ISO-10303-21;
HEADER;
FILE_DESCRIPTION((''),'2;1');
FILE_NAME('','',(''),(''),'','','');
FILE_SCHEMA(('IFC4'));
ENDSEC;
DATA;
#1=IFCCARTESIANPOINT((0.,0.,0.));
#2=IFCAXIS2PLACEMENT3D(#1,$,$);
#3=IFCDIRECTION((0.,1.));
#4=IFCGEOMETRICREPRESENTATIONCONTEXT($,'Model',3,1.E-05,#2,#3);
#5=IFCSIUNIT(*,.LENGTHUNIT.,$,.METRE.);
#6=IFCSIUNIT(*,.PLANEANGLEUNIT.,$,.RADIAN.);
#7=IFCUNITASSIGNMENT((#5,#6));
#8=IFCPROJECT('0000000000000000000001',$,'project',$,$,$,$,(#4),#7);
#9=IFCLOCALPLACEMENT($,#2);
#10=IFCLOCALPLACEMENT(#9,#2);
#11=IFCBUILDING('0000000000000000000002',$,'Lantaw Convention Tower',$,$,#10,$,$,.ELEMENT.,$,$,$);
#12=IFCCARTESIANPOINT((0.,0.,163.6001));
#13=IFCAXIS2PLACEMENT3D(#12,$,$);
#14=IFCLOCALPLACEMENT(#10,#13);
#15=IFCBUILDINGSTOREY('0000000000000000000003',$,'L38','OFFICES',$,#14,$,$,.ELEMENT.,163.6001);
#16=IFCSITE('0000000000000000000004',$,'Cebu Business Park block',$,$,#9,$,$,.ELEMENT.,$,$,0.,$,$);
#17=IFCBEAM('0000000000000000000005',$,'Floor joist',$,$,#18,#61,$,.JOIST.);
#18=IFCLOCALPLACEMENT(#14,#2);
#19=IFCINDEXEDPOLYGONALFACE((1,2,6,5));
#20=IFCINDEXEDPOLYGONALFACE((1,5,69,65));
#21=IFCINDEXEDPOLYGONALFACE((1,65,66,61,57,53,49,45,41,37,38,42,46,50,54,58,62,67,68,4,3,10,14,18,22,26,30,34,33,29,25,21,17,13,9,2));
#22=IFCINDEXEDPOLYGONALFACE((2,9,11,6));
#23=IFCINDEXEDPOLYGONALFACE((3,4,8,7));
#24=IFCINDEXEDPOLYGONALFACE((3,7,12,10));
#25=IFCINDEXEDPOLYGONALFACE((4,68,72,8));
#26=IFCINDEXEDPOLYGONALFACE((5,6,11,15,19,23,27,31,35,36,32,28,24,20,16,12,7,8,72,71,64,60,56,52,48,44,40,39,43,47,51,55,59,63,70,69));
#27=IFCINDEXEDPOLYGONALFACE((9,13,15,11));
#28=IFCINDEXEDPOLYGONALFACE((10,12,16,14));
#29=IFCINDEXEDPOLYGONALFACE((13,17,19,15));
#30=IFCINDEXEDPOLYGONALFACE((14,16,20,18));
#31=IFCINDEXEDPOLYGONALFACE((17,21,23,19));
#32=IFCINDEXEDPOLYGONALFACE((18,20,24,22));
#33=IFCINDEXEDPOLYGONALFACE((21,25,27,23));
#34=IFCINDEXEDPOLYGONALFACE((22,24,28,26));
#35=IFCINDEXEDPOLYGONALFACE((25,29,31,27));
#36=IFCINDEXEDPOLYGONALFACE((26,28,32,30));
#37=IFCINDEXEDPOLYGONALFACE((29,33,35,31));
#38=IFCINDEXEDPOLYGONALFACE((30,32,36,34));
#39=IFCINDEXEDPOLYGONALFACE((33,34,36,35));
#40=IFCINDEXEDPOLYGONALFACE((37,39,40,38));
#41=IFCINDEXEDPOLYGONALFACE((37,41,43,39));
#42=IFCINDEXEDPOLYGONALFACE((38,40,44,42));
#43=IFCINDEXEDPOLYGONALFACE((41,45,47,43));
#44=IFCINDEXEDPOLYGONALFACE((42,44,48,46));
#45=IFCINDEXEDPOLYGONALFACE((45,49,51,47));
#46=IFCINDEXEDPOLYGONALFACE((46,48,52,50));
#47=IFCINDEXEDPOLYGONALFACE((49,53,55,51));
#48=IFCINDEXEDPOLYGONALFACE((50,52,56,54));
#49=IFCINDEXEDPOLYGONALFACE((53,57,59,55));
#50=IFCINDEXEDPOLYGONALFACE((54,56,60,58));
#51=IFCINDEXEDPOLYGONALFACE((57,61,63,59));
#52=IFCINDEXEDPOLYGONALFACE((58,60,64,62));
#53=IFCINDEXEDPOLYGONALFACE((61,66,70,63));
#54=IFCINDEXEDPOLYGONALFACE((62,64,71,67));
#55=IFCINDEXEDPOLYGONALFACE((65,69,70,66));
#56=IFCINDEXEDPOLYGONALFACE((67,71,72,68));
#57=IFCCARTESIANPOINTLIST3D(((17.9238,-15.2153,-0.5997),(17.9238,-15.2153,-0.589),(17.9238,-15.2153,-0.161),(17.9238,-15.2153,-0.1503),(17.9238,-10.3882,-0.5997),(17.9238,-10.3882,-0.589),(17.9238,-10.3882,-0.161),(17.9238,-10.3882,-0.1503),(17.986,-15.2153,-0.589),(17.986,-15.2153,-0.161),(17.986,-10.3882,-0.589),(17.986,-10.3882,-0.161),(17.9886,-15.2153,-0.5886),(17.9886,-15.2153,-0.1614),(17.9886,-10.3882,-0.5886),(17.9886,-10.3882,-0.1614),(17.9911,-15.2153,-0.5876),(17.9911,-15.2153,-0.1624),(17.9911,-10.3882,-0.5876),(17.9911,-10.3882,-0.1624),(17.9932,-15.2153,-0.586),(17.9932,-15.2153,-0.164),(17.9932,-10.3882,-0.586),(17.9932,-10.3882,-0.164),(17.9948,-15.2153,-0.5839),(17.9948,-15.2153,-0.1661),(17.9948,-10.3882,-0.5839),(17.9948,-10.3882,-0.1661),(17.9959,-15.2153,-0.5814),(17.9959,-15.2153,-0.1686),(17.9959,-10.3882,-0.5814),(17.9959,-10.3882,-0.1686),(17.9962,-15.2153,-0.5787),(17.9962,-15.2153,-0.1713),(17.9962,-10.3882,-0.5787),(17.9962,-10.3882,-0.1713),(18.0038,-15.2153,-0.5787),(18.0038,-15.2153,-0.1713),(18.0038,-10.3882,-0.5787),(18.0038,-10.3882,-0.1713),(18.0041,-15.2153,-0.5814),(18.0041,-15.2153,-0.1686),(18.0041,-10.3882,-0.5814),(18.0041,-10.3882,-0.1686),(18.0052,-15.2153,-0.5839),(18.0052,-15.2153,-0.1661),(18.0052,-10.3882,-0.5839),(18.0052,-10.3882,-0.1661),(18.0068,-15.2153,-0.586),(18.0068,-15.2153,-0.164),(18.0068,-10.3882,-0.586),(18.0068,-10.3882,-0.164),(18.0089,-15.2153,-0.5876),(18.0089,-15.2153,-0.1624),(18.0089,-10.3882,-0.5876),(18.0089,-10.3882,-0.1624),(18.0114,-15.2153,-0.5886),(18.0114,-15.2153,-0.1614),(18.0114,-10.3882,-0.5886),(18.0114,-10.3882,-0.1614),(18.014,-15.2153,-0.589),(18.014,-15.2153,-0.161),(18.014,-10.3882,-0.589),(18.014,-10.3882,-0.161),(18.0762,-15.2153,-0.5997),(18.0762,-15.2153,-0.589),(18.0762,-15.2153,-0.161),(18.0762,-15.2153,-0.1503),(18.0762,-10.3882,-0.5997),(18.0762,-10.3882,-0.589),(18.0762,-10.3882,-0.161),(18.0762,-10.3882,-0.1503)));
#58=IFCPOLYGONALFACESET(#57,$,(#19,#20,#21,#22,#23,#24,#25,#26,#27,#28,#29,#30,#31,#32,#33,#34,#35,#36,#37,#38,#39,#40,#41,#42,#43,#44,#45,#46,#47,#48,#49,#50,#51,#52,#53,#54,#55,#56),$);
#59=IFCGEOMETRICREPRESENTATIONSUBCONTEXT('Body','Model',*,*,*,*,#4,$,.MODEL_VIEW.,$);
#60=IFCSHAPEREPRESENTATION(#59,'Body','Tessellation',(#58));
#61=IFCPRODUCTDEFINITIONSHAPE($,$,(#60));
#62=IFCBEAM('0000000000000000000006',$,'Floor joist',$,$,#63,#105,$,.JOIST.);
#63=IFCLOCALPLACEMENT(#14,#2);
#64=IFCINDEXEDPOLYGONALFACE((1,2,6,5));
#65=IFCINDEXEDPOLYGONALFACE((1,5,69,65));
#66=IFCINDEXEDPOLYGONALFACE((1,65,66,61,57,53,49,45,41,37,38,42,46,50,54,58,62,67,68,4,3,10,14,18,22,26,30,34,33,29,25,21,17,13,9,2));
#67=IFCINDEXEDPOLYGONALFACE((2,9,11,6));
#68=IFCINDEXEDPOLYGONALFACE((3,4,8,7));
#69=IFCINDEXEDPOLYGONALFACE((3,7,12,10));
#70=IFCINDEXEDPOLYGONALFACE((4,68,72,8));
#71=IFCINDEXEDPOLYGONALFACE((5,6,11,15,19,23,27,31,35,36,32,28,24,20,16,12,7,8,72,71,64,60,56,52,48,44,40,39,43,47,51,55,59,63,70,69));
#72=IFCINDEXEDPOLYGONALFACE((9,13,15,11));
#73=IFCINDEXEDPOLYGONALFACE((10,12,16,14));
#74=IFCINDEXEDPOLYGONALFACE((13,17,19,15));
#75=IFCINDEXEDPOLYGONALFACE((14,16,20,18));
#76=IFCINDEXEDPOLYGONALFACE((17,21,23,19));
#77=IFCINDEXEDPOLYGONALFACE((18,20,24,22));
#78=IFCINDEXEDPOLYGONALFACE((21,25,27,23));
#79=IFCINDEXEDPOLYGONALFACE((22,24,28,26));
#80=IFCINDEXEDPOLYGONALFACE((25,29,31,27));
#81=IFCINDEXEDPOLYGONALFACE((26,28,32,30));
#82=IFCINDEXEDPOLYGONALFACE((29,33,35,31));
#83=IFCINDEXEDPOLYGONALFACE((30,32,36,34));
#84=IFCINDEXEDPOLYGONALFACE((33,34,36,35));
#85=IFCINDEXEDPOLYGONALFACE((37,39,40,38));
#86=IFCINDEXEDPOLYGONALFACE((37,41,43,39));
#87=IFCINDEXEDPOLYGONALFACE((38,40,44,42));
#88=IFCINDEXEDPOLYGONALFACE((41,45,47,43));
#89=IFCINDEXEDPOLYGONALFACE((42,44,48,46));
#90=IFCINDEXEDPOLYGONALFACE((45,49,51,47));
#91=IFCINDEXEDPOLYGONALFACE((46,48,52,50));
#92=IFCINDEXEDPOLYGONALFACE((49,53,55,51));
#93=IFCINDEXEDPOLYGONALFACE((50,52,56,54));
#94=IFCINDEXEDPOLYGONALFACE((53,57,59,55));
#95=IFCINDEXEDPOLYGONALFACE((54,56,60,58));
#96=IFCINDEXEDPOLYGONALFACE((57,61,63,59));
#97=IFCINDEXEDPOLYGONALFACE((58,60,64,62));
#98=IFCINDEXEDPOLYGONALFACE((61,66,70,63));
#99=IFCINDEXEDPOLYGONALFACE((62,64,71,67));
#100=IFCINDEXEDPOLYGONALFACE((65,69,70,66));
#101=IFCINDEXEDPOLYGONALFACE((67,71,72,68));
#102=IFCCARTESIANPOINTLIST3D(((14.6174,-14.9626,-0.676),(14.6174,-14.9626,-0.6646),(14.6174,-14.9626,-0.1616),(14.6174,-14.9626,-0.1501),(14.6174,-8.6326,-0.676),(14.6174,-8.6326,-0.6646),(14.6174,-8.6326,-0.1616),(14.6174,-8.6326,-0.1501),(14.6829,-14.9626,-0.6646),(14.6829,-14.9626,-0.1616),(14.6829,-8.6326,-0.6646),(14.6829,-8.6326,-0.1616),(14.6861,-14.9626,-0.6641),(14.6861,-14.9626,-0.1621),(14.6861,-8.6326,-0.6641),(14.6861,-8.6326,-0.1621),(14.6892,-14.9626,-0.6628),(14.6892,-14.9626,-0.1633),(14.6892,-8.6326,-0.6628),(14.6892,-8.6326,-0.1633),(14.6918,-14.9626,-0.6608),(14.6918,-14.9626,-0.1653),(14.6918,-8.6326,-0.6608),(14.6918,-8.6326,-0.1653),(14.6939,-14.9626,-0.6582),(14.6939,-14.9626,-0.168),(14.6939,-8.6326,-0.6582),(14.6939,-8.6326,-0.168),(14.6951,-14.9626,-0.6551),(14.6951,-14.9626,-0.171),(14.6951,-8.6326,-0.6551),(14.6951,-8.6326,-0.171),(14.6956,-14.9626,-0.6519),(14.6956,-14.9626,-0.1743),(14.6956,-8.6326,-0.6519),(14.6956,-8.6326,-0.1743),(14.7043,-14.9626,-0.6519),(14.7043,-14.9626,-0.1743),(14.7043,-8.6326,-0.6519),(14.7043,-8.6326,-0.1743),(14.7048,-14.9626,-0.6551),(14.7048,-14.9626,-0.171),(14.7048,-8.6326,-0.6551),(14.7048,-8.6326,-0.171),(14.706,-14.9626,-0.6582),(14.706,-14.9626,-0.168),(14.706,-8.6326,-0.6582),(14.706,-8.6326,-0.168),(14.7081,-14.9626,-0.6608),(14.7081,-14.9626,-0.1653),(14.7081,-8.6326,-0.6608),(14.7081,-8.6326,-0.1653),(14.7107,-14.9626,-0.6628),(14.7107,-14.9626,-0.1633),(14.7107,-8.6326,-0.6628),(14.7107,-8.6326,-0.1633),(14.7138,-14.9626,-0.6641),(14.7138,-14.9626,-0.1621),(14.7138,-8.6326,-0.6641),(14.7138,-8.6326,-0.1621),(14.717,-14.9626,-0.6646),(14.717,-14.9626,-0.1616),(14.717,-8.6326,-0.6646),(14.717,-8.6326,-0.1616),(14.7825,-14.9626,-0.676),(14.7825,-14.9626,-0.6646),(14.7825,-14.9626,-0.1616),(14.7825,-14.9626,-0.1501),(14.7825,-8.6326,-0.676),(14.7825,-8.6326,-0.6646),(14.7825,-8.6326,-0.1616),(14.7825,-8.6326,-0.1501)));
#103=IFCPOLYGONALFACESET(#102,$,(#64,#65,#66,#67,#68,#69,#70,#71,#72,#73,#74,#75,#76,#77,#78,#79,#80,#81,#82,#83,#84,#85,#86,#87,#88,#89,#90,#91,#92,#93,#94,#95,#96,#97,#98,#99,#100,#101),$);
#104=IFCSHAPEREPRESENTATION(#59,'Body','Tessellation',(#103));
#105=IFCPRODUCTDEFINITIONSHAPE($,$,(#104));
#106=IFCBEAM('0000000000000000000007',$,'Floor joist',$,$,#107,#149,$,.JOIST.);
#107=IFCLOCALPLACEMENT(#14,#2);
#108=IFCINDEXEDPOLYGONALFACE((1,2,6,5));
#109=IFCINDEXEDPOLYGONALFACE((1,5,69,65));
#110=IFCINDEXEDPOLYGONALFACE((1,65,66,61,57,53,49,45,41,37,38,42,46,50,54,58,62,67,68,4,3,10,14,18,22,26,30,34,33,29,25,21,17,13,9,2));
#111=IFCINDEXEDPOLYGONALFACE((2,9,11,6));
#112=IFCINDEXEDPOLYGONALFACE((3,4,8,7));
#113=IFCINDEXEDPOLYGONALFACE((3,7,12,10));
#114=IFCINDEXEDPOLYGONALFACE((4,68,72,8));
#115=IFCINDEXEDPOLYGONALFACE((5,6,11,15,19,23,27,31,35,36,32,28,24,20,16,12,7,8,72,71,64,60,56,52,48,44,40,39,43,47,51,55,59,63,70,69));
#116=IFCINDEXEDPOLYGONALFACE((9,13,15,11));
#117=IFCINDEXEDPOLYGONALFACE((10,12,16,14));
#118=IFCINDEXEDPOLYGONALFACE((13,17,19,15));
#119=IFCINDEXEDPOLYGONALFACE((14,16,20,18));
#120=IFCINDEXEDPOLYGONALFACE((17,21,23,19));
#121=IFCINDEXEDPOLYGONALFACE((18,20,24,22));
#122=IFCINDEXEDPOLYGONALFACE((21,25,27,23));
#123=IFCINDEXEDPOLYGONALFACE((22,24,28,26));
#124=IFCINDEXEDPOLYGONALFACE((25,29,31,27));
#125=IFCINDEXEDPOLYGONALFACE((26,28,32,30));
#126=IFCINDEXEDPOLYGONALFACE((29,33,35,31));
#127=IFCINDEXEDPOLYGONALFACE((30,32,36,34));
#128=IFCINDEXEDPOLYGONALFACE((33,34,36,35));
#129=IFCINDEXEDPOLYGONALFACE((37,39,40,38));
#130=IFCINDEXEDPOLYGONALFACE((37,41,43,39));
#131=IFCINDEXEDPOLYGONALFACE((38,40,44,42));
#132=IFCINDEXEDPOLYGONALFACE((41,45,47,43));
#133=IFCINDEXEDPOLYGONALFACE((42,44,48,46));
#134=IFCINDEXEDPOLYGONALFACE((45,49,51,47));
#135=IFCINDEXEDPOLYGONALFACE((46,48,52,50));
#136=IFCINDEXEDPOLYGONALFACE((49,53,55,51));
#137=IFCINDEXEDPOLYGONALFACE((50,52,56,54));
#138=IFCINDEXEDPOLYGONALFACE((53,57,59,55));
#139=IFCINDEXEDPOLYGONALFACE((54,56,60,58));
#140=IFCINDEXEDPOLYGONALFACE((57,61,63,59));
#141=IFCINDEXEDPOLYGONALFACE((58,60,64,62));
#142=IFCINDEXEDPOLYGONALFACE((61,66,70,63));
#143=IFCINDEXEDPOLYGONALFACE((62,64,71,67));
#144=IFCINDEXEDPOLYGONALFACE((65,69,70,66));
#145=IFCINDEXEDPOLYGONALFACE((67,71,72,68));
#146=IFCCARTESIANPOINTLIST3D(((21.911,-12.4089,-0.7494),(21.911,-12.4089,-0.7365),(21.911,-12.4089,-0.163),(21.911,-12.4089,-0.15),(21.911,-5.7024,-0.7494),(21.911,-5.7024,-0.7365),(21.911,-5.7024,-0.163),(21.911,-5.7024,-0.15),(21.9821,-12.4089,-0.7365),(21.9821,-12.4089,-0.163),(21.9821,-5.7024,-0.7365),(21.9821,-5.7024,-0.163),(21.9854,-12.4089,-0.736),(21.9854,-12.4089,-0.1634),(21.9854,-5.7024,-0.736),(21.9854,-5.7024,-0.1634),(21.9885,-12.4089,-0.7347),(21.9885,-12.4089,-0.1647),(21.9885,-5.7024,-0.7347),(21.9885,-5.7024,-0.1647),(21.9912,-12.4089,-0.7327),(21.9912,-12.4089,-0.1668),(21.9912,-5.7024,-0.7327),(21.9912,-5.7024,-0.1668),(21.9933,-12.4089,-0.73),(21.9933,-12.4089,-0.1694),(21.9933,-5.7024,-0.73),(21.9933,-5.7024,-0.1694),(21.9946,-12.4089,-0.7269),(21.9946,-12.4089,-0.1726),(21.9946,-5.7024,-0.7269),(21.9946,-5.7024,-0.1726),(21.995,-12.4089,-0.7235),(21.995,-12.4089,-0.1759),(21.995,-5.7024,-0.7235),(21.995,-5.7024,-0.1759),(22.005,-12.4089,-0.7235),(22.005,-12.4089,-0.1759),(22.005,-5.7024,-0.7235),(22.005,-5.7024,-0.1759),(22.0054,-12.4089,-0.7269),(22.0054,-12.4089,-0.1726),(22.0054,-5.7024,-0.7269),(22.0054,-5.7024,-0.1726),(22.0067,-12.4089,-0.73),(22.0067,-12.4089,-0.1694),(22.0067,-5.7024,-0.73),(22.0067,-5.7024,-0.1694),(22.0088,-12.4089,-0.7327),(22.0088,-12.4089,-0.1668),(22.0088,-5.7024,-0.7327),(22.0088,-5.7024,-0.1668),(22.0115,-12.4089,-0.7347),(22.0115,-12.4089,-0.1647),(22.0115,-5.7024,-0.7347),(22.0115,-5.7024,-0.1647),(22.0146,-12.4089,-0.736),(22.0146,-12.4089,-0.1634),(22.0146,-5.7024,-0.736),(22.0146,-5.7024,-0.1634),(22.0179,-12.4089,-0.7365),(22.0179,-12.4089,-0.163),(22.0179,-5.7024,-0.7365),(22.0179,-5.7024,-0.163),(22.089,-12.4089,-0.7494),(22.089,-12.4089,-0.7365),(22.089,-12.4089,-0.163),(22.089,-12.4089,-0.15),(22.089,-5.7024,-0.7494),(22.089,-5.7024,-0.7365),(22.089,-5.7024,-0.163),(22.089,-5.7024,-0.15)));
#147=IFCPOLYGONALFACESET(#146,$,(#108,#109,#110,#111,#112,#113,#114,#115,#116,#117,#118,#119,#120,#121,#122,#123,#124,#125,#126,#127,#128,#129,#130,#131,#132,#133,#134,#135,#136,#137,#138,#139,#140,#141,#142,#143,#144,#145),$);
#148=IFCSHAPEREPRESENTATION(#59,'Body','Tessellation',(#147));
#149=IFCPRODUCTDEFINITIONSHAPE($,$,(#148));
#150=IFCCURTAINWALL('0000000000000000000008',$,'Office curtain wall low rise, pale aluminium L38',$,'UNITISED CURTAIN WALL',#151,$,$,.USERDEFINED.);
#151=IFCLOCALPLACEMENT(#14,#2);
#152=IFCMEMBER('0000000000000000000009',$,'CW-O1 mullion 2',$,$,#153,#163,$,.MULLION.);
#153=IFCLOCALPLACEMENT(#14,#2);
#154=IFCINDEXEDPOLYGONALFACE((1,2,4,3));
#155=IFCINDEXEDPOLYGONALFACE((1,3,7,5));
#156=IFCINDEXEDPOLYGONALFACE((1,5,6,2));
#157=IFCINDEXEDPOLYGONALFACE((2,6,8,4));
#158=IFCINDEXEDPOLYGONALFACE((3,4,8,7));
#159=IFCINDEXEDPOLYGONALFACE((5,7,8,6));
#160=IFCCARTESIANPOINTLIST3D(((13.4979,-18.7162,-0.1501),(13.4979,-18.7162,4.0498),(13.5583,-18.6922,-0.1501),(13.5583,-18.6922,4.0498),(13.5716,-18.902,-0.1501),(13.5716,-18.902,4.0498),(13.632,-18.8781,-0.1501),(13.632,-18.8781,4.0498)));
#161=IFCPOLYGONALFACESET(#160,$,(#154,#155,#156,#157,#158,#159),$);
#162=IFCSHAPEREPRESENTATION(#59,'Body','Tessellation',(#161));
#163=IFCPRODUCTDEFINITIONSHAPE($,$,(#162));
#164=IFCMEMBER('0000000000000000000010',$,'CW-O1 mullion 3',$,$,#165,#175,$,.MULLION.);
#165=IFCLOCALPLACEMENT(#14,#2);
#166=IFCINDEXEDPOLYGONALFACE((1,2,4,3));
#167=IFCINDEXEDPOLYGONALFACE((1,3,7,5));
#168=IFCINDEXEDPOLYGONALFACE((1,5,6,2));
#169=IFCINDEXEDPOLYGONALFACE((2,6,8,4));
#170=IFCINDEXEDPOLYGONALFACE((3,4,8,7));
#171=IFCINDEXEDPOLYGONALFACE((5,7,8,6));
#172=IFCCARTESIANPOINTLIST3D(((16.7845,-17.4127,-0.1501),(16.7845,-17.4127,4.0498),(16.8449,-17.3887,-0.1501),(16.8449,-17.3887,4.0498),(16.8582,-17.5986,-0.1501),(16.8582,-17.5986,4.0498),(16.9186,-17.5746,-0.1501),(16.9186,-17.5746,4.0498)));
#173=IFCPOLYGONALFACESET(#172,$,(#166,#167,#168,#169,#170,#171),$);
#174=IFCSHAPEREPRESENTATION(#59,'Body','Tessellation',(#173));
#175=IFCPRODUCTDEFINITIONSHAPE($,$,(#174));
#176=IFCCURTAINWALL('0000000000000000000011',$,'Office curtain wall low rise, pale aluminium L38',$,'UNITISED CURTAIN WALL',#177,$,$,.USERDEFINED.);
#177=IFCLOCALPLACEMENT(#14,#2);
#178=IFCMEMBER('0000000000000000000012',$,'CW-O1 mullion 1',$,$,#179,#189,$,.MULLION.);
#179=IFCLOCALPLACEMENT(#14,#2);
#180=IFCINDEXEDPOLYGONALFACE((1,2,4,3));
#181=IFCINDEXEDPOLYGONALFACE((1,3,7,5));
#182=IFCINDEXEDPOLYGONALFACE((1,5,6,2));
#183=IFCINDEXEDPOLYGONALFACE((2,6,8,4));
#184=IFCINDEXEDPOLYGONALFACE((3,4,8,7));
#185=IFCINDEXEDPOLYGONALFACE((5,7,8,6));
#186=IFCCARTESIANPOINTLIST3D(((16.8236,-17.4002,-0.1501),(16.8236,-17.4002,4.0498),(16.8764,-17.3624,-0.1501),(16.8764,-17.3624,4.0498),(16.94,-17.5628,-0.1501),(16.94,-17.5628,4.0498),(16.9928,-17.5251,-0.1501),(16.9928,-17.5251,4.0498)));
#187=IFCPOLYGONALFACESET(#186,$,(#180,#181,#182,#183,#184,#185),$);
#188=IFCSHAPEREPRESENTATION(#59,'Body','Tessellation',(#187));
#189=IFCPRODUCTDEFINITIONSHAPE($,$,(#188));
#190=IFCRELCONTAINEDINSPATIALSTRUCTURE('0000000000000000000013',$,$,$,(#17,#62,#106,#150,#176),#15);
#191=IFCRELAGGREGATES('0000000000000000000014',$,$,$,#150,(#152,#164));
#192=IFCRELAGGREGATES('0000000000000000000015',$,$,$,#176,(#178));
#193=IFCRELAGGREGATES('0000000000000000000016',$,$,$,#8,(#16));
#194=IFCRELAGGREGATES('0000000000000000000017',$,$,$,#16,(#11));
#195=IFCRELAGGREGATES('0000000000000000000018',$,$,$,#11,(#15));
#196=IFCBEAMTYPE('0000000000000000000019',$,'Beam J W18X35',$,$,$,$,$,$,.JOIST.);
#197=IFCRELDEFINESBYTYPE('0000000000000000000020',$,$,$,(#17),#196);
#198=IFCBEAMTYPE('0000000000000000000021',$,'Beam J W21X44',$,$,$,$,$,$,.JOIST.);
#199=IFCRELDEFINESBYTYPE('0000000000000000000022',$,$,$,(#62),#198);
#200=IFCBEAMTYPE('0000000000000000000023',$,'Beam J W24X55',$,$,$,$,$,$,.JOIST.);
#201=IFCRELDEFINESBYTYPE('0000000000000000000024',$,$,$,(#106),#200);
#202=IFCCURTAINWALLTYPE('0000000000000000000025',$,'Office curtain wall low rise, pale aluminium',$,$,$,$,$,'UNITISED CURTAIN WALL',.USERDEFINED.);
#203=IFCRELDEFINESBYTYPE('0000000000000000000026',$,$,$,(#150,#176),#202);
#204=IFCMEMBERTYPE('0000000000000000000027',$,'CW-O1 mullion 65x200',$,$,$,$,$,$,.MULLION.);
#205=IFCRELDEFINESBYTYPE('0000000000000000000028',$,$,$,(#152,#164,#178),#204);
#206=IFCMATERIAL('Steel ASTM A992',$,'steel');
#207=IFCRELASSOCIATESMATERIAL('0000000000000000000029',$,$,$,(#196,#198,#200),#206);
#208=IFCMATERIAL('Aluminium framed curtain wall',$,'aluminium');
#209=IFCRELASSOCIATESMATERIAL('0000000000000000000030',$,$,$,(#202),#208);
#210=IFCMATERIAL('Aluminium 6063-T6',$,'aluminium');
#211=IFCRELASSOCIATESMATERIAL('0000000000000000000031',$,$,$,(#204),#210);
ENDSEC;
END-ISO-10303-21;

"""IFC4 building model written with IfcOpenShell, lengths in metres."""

from ifc_helpers import new_model, si_unit, direction, frame, origin, origin_2d, place, context, subcontext, project, spatial, rectangle, i_section, extrude, material, material_profile, profile_set, type_object, element, aggregate, save


model = new_model("IFC4")

# Units and contexts
model_context = context("Model", 3, precision=1e-05, world=origin(), true_north=direction((0.0, 1.0)))
body_context = subcontext(model_context, "Body", "Model", "MODEL_VIEW")
ifc_project = project(units=[si_unit("LENGTHUNIT", "METRE"), si_unit("PLANEANGLEUNIT", "RADIAN")], contexts=[model_context])

# Site, building, storey
site_placement = place(None, origin())
site = spatial("IfcSite", under=ifc_project, at=site_placement, Name="Cebu Business Park block", CompositionType="ELEMENT", RefElevation=0.0)
building_placement = place(site_placement, origin())
building = spatial("IfcBuilding", under=site, at=building_placement, Name="Lantaw Convention Tower", CompositionType="ELEMENT")
storey_placement = place(building_placement, frame((0.0, 0.0, 163.6001)))
storey = spatial("IfcBuildingStorey", under=building, at=storey_placement, Name="L38", Description="OFFICES", CompositionType="ELEMENT", Elevation=163.6001)

# Beams
ifc_material_1 = material(Name="Steel ASTM A992", Category="steel")
ifc_material_profile_1 = material_profile(ifc_material_1, i_section(OverallWidth=0.1523, OverallDepth=0.4495, WebThickness=0.0076, FlangeThickness=0.0107, FilletRadius=0.0103, at=origin_2d()), Name="W18X35")
ifc_profile_set_1 = profile_set([ifc_material_profile_1], Name="Steel ASTM A992")
beam_type_1 = type_object("IfcBeamType", Name="Beam J W18X35", PredefinedType="JOIST", material=ifc_profile_set_1)
beam_1_placement = place(storey_placement, frame((18.0, -15.2153, -0.375), z_axis=(0.0, 1.0, 0.0), x_axis=(-1.0, 0.0, 0.0)))
element("IfcBeam", 1, at=beam_1_placement, inside=storey, type_object=beam_type_1, Name="Floor joist", PredefinedType="JOIST", context=body_context, shape_type="SweptSolid", body=[
    extrude(i_section(OverallWidth=0.1523, OverallDepth=0.4495, WebThickness=0.0076, FlangeThickness=0.0107, FilletRadius=0.0103, at=origin_2d()), origin(), (0.0, 0.0, 1.0), 4.8271),
])
ifc_material_profile_2 = material_profile(ifc_material_1, i_section(OverallWidth=0.165, OverallDepth=0.5259, WebThickness=0.0088, FlangeThickness=0.0115, FilletRadius=0.0127, at=origin_2d()), Name="W21X44")
ifc_profile_set_2 = profile_set([ifc_material_profile_2], Name="Steel ASTM A992")
beam_type_2 = type_object("IfcBeamType", Name="Beam J W21X44", PredefinedType="JOIST", material=ifc_profile_set_2)
beam_2_placement = place(storey_placement, frame((14.7, -14.9626, -0.4131), z_axis=(0.0, 1.0, 0.0), x_axis=(-1.0, 0.0, 0.0)))
element("IfcBeam", 2, at=beam_2_placement, inside=storey, type_object=beam_type_2, Name="Floor joist", PredefinedType="JOIST", context=body_context, shape_type="SweptSolid", body=[
    extrude(i_section(OverallWidth=0.165, OverallDepth=0.5259, WebThickness=0.0088, FlangeThickness=0.0115, FilletRadius=0.0127, at=origin_2d()), origin(), (0.0, 0.0, 1.0), 6.3301),
])
ifc_material_profile_3 = material_profile(ifc_material_1, i_section(OverallWidth=0.178, OverallDepth=0.5994, WebThickness=0.01, FlangeThickness=0.0129, FilletRadius=0.0129, at=origin_2d()), Name="W24X55")
ifc_profile_set_3 = profile_set([ifc_material_profile_3], Name="Steel ASTM A992")
beam_type_3 = type_object("IfcBeamType", Name="Beam J W24X55", PredefinedType="JOIST", material=ifc_profile_set_3)
beam_3_placement = place(storey_placement, frame((22.0, -12.4089, -0.4497), z_axis=(0.0, 1.0, 0.0), x_axis=(-1.0, 0.0, 0.0)))
element("IfcBeam", 3, at=beam_3_placement, inside=storey, type_object=beam_type_3, Name="Floor joist", PredefinedType="JOIST", context=body_context, shape_type="SweptSolid", body=[
    extrude(i_section(OverallWidth=0.178, OverallDepth=0.5994, WebThickness=0.01, FlangeThickness=0.0129, FilletRadius=0.0129, at=origin_2d()), origin(), (0.0, 0.0, 1.0), 6.7065),
])

# Curtain walls, members
ifc_material_2 = material(Name="Aluminium framed curtain wall", Category="aluminium")
curtain_wall_type = type_object("IfcCurtainWallType", Name="Office curtain wall low rise, pale aluminium", ElementType="UNITISED CURTAIN WALL", PredefinedType="USERDEFINED", material=ifc_material_2)
curtain_wall_1_placement = place(storey_placement, origin())
curtain_wall_1 = element("IfcCurtainWall", 4, at=curtain_wall_1_placement, inside=storey, type_object=curtain_wall_type, Name="Office curtain wall low rise, pale aluminium L38", ObjectType="UNITISED CURTAIN WALL", PredefinedType="USERDEFINED")
ifc_material_3 = material(Name="Aluminium 6063-T6", Category="aluminium")
ifc_material_profile_4 = material_profile(ifc_material_3, rectangle(XDim=0.2, YDim=0.0649, at=origin_2d()), Name="CW-O1 mullion 65x200")
ifc_profile_set_4 = profile_set([ifc_material_profile_4], Name="Aluminium 6063-T6")
member_type_1 = type_object("IfcMemberType", Name="CW-O1 mullion 65x200", PredefinedType="MULLION", material=ifc_profile_set_4)
member_1_placement = place(storey_placement, frame((13.5649, -18.7971, -0.1501), z_axis=(0.0, 0.0, 1.0), x_axis=(-0.368702, 0.929548, 0.0)))
member_1 = element("IfcMember", 5, at=member_1_placement, type_object=member_type_1, Name="CW-O1 mullion 2", PredefinedType="MULLION", context=body_context, shape_type="SweptSolid", body=[
    extrude(rectangle(XDim=0.2, YDim=0.0649, at=origin_2d()), origin(), (0.0, 0.0, 1.0), 4.2),
])
member_2_placement = place(storey_placement, frame((16.8516, -17.4937, -0.1501), z_axis=(0.0, 0.0, 1.0), x_axis=(-0.368702, 0.929548, 0.0)))
member_2 = element("IfcMember", 6, at=member_2_placement, type_object=member_type_1, Name="CW-O1 mullion 3", PredefinedType="MULLION", context=body_context, shape_type="SweptSolid", body=[
    extrude(rectangle(XDim=0.2, YDim=0.0649, at=origin_2d()), origin(), (0.0, 0.0, 1.0), 4.2),
])
curtain_wall_2_placement = place(storey_placement, origin())
curtain_wall_2 = element("IfcCurtainWall", 7, at=curtain_wall_2_placement, inside=storey, type_object=curtain_wall_type, Name="Office curtain wall low rise, pale aluminium L38", ObjectType="UNITISED CURTAIN WALL", PredefinedType="USERDEFINED")
member_3_placement = place(storey_placement, frame((16.9082, -17.4626, -0.1501), z_axis=(0.0, 0.0, 1.0), x_axis=(-0.581973, 0.813208, 0.0)))
member_3 = element("IfcMember", 8, at=member_3_placement, type_object=member_type_1, Name="CW-O1 mullion 1", PredefinedType="MULLION", context=body_context, shape_type="SweptSolid", body=[
    extrude(rectangle(XDim=0.2, YDim=0.0649, at=origin_2d()), origin(), (0.0, 0.0, 1.0), 4.2),
])

aggregate(curtain_wall_1, [member_1, member_2])
aggregate(curtain_wall_2, [member_3])

save(model, "model.ifc")
